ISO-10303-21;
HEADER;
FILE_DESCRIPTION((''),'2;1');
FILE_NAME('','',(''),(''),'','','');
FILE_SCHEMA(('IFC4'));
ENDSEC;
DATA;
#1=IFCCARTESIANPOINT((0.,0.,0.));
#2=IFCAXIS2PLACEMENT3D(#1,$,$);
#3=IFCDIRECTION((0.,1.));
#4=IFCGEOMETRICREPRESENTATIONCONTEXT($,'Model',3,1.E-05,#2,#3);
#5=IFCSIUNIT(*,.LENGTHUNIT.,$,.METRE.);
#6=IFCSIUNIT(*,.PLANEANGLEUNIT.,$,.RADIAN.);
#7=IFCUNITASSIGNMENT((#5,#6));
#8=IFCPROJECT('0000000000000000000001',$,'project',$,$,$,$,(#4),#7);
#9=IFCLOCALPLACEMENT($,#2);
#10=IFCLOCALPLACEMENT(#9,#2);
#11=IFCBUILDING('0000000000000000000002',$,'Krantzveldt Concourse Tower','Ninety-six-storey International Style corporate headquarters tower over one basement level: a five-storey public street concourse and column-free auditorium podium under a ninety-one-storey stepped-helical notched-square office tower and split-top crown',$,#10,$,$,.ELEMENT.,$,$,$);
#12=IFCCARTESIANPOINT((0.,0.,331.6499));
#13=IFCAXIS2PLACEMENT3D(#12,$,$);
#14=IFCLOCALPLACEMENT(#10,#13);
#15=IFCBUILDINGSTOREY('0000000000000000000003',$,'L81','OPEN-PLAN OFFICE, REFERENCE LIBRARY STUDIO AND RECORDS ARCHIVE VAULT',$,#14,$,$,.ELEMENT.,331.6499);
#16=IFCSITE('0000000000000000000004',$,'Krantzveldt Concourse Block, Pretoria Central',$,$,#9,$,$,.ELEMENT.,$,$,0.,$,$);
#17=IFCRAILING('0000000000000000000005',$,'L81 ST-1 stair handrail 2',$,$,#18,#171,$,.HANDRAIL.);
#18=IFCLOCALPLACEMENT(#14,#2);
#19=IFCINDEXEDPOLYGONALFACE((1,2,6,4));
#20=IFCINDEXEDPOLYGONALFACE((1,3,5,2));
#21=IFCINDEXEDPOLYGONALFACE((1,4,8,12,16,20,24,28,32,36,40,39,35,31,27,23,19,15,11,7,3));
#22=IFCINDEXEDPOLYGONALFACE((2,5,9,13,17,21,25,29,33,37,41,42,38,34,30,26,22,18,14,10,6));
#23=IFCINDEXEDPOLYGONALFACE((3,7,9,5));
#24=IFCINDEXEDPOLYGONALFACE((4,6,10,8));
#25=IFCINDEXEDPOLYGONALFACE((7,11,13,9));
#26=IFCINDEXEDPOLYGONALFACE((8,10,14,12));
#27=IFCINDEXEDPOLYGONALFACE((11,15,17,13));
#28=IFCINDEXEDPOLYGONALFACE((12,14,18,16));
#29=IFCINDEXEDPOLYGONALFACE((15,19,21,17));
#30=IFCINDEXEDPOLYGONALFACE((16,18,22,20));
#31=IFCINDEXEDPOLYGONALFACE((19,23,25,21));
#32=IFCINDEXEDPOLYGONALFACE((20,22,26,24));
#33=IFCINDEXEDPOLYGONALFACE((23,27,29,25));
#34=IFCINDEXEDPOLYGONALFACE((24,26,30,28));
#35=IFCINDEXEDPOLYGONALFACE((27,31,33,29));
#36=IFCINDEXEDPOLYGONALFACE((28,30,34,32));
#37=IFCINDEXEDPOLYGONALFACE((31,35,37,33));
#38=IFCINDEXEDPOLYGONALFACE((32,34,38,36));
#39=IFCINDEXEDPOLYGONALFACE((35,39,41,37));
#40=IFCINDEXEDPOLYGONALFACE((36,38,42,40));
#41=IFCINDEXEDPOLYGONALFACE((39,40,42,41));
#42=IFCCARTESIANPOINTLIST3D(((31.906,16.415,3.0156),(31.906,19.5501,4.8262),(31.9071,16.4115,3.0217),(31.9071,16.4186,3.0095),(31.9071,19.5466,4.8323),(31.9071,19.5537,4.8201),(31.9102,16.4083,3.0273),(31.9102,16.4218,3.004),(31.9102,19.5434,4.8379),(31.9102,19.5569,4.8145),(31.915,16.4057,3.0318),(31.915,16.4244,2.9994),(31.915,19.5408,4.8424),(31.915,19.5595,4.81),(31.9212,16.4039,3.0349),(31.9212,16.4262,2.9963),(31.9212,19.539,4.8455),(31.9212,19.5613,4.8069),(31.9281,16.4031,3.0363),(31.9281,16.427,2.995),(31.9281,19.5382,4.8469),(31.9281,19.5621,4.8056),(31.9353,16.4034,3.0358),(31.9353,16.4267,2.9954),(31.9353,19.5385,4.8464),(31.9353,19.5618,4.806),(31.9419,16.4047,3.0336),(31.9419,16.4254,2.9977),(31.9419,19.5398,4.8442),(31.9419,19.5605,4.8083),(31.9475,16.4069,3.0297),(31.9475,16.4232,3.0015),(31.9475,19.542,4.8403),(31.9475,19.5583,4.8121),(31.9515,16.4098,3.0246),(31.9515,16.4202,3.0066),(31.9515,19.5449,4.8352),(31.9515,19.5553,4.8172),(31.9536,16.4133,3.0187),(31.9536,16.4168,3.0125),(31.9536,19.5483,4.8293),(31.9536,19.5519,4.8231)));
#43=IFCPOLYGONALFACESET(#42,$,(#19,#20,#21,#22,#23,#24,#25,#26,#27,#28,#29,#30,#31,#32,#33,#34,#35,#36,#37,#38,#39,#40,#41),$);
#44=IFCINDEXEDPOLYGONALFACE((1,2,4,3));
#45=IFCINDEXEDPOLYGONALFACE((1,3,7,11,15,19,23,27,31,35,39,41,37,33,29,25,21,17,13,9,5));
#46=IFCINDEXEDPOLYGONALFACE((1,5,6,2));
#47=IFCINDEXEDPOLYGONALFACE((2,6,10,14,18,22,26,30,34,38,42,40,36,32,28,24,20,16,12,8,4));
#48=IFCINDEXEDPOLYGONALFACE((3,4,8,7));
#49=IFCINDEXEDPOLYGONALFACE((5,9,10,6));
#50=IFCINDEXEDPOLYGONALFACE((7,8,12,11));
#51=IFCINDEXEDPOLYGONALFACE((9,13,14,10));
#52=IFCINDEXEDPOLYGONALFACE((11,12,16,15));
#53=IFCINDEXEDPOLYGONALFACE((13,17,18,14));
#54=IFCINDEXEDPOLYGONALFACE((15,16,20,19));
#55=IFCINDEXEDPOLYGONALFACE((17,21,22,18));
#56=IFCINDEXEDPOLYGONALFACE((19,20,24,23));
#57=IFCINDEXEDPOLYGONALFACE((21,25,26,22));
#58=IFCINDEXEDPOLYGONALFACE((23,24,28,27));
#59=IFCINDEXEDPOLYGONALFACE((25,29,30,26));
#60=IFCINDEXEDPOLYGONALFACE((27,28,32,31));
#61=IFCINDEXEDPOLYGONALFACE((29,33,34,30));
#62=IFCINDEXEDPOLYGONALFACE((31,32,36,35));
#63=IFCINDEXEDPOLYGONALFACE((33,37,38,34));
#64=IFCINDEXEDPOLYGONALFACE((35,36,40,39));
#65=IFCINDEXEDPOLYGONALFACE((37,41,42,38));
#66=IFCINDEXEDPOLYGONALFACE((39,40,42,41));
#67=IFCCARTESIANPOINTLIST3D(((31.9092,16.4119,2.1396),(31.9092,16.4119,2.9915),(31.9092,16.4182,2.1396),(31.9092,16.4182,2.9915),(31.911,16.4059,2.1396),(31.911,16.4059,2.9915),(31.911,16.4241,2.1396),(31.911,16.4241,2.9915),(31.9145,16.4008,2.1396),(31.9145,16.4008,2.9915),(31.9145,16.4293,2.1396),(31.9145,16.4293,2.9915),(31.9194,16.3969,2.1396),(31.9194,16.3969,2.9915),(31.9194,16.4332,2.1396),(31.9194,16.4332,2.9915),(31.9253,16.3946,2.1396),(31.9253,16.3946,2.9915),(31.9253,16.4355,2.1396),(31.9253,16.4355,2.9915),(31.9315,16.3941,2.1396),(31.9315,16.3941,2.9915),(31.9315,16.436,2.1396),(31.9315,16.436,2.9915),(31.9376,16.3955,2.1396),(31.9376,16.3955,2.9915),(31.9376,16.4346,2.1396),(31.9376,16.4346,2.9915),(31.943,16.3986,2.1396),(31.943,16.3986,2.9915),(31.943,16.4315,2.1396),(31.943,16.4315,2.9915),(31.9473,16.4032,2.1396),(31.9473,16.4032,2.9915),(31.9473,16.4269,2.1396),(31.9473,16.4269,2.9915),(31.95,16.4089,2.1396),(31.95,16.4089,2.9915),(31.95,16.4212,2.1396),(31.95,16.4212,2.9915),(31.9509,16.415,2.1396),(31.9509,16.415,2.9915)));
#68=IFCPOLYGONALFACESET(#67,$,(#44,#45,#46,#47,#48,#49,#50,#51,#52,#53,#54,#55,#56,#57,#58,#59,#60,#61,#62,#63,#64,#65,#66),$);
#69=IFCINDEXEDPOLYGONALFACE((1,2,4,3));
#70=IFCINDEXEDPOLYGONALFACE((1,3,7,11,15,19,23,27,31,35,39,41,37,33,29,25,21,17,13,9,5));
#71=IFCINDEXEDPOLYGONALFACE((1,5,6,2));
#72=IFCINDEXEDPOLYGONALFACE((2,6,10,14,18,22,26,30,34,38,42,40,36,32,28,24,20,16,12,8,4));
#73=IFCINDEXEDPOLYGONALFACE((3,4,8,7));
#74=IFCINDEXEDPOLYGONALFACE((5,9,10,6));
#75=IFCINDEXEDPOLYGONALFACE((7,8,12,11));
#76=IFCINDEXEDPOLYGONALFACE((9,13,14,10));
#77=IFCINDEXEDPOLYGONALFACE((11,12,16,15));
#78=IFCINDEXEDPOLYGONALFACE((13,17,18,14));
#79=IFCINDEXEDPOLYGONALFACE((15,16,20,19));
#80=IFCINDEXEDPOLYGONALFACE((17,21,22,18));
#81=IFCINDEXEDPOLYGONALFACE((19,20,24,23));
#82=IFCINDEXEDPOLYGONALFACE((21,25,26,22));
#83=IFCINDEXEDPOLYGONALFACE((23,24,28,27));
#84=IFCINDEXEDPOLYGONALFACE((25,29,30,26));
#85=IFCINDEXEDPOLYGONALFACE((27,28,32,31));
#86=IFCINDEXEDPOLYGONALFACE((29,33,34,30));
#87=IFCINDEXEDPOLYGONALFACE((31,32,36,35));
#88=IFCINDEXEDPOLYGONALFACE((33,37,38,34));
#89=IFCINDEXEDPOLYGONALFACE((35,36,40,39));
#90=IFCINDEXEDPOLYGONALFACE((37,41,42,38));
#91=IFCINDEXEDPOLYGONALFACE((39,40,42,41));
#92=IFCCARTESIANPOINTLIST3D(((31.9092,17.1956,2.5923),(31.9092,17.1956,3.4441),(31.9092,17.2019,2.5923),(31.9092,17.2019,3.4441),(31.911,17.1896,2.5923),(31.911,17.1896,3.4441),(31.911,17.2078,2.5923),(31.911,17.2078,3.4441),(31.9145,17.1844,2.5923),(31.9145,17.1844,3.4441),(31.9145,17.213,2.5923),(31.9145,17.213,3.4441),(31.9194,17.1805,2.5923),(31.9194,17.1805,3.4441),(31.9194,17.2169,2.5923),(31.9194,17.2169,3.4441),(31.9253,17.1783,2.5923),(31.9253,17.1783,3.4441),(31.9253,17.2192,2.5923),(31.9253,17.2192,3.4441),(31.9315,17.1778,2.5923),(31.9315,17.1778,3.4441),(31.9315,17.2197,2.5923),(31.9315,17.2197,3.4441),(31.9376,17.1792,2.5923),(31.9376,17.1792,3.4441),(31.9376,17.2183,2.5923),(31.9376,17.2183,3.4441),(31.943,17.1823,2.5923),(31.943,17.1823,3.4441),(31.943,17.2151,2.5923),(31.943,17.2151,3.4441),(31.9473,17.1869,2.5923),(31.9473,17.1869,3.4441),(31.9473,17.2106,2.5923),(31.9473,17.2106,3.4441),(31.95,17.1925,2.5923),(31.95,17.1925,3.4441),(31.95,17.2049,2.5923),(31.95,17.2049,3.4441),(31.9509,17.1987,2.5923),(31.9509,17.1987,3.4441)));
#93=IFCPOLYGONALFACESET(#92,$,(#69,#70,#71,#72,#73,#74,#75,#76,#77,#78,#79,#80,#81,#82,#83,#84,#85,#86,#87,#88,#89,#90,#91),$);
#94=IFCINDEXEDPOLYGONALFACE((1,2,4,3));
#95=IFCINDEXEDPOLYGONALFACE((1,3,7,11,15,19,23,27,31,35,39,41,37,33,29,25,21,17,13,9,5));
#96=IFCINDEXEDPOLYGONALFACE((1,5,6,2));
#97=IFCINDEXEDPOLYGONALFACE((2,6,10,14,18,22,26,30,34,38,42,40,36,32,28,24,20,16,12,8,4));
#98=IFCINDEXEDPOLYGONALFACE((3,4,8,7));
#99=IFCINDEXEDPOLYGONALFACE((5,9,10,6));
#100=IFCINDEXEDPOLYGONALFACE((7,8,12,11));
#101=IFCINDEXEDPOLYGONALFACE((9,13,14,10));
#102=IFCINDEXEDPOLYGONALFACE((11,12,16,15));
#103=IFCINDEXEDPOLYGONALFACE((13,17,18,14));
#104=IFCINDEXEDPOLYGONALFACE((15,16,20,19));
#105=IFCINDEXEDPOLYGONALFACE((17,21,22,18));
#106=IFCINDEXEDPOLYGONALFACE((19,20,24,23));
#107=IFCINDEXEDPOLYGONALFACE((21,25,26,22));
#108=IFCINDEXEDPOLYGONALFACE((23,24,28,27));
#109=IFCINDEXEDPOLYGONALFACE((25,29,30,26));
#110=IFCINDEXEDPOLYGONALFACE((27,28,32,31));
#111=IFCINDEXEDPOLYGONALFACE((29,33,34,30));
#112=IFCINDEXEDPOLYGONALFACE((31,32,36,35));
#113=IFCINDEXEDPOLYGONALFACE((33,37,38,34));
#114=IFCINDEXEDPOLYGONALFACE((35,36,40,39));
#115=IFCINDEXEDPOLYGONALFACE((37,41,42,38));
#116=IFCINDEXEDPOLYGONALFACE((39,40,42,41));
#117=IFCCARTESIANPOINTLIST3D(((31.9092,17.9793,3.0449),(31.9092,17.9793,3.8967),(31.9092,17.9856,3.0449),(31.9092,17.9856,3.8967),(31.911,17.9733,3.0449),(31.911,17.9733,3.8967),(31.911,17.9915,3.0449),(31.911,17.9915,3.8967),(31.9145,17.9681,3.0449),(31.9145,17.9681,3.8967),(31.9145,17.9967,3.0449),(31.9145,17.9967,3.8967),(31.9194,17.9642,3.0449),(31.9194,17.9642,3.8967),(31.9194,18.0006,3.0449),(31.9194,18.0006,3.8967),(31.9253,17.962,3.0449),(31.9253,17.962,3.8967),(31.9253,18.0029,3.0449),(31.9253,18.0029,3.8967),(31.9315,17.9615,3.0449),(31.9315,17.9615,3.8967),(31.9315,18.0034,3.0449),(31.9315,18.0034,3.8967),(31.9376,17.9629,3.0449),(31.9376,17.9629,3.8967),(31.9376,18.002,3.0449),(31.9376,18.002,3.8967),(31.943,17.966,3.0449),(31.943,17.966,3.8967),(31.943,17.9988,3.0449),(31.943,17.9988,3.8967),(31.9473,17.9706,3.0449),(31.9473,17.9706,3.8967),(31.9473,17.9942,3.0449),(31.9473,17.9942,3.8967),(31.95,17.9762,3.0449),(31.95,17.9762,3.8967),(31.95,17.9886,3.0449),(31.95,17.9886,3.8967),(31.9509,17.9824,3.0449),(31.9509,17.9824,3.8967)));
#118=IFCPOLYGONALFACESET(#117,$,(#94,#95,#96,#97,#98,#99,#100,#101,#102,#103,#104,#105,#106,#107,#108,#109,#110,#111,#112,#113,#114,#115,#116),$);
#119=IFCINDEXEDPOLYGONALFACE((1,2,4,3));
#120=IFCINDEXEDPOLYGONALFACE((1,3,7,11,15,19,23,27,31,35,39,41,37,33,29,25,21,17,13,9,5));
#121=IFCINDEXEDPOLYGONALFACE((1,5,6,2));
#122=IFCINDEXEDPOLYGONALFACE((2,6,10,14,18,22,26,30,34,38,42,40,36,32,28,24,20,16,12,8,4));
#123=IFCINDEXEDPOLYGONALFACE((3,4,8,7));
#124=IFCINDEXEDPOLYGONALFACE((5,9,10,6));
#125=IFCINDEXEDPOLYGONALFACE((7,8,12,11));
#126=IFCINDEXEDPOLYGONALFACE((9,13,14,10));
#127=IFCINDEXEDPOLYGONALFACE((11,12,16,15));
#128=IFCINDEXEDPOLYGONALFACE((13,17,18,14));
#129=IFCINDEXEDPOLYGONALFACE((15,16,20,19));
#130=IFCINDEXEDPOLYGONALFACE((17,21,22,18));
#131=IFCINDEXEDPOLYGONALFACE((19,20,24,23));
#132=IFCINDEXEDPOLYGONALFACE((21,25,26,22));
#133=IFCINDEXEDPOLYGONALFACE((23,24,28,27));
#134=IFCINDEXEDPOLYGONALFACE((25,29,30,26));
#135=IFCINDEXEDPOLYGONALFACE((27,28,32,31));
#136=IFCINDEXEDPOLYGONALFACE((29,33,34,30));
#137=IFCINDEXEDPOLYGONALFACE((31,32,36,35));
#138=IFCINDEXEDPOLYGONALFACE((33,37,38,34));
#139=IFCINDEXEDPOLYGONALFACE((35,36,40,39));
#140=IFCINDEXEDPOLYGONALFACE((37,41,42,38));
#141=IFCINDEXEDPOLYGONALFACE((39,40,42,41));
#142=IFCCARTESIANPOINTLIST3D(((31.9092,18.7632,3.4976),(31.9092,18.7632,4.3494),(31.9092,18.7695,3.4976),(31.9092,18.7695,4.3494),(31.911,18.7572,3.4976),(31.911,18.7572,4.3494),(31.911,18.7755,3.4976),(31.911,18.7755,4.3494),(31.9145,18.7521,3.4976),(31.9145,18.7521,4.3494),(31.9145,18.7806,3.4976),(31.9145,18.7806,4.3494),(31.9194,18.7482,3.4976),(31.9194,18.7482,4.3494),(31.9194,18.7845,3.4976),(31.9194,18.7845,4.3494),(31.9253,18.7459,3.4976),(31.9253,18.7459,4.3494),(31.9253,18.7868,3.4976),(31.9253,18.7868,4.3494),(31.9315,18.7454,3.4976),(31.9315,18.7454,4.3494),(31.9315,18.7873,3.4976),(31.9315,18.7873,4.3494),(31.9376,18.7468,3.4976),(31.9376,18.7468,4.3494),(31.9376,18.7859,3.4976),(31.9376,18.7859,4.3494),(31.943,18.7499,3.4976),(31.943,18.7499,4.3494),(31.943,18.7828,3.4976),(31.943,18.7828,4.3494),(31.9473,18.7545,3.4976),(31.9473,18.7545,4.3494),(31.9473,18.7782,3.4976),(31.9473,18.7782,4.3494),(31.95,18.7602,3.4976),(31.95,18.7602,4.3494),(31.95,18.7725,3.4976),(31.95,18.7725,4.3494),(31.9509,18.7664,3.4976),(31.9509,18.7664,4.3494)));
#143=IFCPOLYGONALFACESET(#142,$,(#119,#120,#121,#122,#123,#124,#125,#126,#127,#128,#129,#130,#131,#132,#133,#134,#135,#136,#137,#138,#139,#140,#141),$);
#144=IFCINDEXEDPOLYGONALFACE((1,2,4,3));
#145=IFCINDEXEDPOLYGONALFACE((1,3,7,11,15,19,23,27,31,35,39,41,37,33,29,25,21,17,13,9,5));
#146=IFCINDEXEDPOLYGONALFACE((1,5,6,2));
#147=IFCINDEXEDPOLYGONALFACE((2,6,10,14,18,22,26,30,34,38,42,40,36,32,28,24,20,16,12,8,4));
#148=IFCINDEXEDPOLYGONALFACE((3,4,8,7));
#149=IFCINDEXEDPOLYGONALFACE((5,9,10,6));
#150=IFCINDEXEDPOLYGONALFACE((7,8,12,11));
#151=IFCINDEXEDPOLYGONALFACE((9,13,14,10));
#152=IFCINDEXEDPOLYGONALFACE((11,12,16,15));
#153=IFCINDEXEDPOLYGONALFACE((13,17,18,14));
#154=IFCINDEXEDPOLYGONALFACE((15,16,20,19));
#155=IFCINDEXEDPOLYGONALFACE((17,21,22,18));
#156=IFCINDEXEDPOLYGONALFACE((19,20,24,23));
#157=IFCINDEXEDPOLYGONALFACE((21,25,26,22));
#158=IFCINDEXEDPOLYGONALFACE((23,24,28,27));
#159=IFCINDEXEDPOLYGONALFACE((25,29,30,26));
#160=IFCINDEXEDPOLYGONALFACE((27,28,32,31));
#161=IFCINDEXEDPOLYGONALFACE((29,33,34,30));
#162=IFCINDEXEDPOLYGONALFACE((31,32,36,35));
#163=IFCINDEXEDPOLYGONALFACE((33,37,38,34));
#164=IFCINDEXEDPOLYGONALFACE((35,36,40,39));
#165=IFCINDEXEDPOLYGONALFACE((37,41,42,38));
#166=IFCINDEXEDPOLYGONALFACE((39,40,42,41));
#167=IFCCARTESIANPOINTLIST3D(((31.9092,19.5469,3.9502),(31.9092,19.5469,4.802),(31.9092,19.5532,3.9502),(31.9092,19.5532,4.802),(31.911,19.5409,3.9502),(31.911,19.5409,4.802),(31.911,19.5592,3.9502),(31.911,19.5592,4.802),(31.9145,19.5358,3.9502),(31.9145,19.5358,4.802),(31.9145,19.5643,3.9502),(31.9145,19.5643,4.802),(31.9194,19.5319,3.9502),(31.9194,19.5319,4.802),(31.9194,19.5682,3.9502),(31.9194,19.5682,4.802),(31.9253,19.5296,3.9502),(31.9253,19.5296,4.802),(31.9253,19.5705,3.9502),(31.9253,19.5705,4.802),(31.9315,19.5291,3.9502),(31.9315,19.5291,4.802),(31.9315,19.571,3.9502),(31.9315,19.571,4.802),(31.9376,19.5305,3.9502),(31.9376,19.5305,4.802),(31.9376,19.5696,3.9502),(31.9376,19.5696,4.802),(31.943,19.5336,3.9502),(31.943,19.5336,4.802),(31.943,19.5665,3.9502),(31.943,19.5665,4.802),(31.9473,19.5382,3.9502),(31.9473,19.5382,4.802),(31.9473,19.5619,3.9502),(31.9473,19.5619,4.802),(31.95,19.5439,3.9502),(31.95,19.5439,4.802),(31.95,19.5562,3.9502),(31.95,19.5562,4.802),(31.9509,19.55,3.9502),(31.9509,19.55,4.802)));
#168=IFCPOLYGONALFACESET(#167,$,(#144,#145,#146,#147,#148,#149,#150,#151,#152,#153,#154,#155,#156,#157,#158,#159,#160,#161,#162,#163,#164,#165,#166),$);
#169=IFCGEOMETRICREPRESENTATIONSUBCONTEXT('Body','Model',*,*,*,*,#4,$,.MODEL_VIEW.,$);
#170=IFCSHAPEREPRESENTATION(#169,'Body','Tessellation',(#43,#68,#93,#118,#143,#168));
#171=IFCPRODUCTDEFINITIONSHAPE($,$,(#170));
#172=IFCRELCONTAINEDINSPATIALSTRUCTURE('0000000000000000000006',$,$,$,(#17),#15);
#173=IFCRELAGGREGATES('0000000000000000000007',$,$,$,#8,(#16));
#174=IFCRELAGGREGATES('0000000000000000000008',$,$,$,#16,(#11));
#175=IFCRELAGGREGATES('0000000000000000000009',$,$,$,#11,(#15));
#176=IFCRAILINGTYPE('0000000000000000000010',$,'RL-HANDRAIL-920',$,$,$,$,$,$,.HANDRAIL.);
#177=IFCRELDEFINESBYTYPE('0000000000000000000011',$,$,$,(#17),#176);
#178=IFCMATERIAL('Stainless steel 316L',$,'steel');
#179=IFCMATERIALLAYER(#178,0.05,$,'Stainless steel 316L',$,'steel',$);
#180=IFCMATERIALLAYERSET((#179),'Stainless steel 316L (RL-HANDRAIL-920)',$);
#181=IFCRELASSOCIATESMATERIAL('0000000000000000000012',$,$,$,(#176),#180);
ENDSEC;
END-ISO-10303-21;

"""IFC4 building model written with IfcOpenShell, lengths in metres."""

from ifc_helpers import new_model, si_unit, direction, frame, origin, origin_2d, place, context, subcontext, project, spatial, circle, extrude, material, layer, layer_set, type_object, element, save


model = new_model("IFC4")

# Units and contexts
model_context = context("Model", 3, precision=1e-05, world=origin(), true_north=direction((0.0, 1.0)))
body_context = subcontext(model_context, "Body", "Model", "MODEL_VIEW")
ifc_project = project(units=[si_unit("LENGTHUNIT", "METRE"), si_unit("PLANEANGLEUNIT", "RADIAN")], contexts=[model_context])

# Site, building, storey
site_placement = place(None, origin())
site = spatial("IfcSite", under=ifc_project, at=site_placement, Name="Krantzveldt Concourse Block, Pretoria Central", CompositionType="ELEMENT", RefElevation=0.0)
building_placement = place(site_placement, origin())
building = spatial("IfcBuilding", under=site, at=building_placement, Name="Krantzveldt Concourse Tower", Description="Ninety-six-storey International Style corporate headquarters tower over one basement level: a five-storey public street concourse and column-free auditorium podium under a ninety-one-storey stepped-helical notched-square office tower and split-top crown", CompositionType="ELEMENT")
storey_placement = place(building_placement, frame((0.0, 0.0, 331.6499)))
storey = spatial("IfcBuildingStorey", under=building, at=storey_placement, Name="L81", Description="OPEN-PLAN OFFICE, REFERENCE LIBRARY STUDIO AND RECORDS ARCHIVE VAULT", CompositionType="ELEMENT", Elevation=331.6499)

# Shared definitions
ifc_material_1 = material(Name="Stainless steel 316L", Category="steel")

# Railing
ifc_layer_1 = layer(ifc_material_1, 0.05, Name="Stainless steel 316L", Category="steel")
ifc_layer_set_1 = layer_set([ifc_layer_1], Name="Stainless steel 316L (RL-HANDRAIL-920)")
railing_type_1 = type_object("IfcRailingType", Name="RL-HANDRAIL-920", PredefinedType="HANDRAIL", material=ifc_layer_set_1)
railing_1_placement = place(storey_placement, frame((31.9299, 16.415, 2.1396)))
element("IfcRailing", 1, at=railing_1_placement, inside=storey, type_object=railing_type_1, Name="L81 ST-1 stair handrail 2", PredefinedType="HANDRAIL", context=body_context, shape_type="SweptSolid", body=[
    extrude(circle(Radius=0.0239, at=origin_2d()), frame((0.0, 0.0, 0.876), z_axis=(0.0, 0.86596, 0.500114), x_axis=(-1.0, 0.0, 0.0)), (0.0, 0.0, 1.0), 3.6204),
    extrude(circle(Radius=0.021, at=origin_2d()), origin(), (0.0, 0.0, 1.0), 0.8518),
    extrude(circle(Radius=0.021, at=origin_2d()), frame((0.0, 0.7837, 0.4526)), (0.0, 0.0, 1.0), 0.8518),
    extrude(circle(Radius=0.021, at=origin_2d()), frame((0.0, 1.5674, 0.9053)), (0.0, 0.0, 1.0), 0.8518),
    extrude(circle(Radius=0.021, at=origin_2d()), frame((0.0, 2.3513, 1.3579)), (0.0, 0.0, 1.0), 0.8518),
    extrude(circle(Radius=0.021, at=origin_2d()), frame((0.0, 3.135, 1.8105)), (0.0, 0.0, 1.0), 0.8518),
])

save(model, "model.ifc")
